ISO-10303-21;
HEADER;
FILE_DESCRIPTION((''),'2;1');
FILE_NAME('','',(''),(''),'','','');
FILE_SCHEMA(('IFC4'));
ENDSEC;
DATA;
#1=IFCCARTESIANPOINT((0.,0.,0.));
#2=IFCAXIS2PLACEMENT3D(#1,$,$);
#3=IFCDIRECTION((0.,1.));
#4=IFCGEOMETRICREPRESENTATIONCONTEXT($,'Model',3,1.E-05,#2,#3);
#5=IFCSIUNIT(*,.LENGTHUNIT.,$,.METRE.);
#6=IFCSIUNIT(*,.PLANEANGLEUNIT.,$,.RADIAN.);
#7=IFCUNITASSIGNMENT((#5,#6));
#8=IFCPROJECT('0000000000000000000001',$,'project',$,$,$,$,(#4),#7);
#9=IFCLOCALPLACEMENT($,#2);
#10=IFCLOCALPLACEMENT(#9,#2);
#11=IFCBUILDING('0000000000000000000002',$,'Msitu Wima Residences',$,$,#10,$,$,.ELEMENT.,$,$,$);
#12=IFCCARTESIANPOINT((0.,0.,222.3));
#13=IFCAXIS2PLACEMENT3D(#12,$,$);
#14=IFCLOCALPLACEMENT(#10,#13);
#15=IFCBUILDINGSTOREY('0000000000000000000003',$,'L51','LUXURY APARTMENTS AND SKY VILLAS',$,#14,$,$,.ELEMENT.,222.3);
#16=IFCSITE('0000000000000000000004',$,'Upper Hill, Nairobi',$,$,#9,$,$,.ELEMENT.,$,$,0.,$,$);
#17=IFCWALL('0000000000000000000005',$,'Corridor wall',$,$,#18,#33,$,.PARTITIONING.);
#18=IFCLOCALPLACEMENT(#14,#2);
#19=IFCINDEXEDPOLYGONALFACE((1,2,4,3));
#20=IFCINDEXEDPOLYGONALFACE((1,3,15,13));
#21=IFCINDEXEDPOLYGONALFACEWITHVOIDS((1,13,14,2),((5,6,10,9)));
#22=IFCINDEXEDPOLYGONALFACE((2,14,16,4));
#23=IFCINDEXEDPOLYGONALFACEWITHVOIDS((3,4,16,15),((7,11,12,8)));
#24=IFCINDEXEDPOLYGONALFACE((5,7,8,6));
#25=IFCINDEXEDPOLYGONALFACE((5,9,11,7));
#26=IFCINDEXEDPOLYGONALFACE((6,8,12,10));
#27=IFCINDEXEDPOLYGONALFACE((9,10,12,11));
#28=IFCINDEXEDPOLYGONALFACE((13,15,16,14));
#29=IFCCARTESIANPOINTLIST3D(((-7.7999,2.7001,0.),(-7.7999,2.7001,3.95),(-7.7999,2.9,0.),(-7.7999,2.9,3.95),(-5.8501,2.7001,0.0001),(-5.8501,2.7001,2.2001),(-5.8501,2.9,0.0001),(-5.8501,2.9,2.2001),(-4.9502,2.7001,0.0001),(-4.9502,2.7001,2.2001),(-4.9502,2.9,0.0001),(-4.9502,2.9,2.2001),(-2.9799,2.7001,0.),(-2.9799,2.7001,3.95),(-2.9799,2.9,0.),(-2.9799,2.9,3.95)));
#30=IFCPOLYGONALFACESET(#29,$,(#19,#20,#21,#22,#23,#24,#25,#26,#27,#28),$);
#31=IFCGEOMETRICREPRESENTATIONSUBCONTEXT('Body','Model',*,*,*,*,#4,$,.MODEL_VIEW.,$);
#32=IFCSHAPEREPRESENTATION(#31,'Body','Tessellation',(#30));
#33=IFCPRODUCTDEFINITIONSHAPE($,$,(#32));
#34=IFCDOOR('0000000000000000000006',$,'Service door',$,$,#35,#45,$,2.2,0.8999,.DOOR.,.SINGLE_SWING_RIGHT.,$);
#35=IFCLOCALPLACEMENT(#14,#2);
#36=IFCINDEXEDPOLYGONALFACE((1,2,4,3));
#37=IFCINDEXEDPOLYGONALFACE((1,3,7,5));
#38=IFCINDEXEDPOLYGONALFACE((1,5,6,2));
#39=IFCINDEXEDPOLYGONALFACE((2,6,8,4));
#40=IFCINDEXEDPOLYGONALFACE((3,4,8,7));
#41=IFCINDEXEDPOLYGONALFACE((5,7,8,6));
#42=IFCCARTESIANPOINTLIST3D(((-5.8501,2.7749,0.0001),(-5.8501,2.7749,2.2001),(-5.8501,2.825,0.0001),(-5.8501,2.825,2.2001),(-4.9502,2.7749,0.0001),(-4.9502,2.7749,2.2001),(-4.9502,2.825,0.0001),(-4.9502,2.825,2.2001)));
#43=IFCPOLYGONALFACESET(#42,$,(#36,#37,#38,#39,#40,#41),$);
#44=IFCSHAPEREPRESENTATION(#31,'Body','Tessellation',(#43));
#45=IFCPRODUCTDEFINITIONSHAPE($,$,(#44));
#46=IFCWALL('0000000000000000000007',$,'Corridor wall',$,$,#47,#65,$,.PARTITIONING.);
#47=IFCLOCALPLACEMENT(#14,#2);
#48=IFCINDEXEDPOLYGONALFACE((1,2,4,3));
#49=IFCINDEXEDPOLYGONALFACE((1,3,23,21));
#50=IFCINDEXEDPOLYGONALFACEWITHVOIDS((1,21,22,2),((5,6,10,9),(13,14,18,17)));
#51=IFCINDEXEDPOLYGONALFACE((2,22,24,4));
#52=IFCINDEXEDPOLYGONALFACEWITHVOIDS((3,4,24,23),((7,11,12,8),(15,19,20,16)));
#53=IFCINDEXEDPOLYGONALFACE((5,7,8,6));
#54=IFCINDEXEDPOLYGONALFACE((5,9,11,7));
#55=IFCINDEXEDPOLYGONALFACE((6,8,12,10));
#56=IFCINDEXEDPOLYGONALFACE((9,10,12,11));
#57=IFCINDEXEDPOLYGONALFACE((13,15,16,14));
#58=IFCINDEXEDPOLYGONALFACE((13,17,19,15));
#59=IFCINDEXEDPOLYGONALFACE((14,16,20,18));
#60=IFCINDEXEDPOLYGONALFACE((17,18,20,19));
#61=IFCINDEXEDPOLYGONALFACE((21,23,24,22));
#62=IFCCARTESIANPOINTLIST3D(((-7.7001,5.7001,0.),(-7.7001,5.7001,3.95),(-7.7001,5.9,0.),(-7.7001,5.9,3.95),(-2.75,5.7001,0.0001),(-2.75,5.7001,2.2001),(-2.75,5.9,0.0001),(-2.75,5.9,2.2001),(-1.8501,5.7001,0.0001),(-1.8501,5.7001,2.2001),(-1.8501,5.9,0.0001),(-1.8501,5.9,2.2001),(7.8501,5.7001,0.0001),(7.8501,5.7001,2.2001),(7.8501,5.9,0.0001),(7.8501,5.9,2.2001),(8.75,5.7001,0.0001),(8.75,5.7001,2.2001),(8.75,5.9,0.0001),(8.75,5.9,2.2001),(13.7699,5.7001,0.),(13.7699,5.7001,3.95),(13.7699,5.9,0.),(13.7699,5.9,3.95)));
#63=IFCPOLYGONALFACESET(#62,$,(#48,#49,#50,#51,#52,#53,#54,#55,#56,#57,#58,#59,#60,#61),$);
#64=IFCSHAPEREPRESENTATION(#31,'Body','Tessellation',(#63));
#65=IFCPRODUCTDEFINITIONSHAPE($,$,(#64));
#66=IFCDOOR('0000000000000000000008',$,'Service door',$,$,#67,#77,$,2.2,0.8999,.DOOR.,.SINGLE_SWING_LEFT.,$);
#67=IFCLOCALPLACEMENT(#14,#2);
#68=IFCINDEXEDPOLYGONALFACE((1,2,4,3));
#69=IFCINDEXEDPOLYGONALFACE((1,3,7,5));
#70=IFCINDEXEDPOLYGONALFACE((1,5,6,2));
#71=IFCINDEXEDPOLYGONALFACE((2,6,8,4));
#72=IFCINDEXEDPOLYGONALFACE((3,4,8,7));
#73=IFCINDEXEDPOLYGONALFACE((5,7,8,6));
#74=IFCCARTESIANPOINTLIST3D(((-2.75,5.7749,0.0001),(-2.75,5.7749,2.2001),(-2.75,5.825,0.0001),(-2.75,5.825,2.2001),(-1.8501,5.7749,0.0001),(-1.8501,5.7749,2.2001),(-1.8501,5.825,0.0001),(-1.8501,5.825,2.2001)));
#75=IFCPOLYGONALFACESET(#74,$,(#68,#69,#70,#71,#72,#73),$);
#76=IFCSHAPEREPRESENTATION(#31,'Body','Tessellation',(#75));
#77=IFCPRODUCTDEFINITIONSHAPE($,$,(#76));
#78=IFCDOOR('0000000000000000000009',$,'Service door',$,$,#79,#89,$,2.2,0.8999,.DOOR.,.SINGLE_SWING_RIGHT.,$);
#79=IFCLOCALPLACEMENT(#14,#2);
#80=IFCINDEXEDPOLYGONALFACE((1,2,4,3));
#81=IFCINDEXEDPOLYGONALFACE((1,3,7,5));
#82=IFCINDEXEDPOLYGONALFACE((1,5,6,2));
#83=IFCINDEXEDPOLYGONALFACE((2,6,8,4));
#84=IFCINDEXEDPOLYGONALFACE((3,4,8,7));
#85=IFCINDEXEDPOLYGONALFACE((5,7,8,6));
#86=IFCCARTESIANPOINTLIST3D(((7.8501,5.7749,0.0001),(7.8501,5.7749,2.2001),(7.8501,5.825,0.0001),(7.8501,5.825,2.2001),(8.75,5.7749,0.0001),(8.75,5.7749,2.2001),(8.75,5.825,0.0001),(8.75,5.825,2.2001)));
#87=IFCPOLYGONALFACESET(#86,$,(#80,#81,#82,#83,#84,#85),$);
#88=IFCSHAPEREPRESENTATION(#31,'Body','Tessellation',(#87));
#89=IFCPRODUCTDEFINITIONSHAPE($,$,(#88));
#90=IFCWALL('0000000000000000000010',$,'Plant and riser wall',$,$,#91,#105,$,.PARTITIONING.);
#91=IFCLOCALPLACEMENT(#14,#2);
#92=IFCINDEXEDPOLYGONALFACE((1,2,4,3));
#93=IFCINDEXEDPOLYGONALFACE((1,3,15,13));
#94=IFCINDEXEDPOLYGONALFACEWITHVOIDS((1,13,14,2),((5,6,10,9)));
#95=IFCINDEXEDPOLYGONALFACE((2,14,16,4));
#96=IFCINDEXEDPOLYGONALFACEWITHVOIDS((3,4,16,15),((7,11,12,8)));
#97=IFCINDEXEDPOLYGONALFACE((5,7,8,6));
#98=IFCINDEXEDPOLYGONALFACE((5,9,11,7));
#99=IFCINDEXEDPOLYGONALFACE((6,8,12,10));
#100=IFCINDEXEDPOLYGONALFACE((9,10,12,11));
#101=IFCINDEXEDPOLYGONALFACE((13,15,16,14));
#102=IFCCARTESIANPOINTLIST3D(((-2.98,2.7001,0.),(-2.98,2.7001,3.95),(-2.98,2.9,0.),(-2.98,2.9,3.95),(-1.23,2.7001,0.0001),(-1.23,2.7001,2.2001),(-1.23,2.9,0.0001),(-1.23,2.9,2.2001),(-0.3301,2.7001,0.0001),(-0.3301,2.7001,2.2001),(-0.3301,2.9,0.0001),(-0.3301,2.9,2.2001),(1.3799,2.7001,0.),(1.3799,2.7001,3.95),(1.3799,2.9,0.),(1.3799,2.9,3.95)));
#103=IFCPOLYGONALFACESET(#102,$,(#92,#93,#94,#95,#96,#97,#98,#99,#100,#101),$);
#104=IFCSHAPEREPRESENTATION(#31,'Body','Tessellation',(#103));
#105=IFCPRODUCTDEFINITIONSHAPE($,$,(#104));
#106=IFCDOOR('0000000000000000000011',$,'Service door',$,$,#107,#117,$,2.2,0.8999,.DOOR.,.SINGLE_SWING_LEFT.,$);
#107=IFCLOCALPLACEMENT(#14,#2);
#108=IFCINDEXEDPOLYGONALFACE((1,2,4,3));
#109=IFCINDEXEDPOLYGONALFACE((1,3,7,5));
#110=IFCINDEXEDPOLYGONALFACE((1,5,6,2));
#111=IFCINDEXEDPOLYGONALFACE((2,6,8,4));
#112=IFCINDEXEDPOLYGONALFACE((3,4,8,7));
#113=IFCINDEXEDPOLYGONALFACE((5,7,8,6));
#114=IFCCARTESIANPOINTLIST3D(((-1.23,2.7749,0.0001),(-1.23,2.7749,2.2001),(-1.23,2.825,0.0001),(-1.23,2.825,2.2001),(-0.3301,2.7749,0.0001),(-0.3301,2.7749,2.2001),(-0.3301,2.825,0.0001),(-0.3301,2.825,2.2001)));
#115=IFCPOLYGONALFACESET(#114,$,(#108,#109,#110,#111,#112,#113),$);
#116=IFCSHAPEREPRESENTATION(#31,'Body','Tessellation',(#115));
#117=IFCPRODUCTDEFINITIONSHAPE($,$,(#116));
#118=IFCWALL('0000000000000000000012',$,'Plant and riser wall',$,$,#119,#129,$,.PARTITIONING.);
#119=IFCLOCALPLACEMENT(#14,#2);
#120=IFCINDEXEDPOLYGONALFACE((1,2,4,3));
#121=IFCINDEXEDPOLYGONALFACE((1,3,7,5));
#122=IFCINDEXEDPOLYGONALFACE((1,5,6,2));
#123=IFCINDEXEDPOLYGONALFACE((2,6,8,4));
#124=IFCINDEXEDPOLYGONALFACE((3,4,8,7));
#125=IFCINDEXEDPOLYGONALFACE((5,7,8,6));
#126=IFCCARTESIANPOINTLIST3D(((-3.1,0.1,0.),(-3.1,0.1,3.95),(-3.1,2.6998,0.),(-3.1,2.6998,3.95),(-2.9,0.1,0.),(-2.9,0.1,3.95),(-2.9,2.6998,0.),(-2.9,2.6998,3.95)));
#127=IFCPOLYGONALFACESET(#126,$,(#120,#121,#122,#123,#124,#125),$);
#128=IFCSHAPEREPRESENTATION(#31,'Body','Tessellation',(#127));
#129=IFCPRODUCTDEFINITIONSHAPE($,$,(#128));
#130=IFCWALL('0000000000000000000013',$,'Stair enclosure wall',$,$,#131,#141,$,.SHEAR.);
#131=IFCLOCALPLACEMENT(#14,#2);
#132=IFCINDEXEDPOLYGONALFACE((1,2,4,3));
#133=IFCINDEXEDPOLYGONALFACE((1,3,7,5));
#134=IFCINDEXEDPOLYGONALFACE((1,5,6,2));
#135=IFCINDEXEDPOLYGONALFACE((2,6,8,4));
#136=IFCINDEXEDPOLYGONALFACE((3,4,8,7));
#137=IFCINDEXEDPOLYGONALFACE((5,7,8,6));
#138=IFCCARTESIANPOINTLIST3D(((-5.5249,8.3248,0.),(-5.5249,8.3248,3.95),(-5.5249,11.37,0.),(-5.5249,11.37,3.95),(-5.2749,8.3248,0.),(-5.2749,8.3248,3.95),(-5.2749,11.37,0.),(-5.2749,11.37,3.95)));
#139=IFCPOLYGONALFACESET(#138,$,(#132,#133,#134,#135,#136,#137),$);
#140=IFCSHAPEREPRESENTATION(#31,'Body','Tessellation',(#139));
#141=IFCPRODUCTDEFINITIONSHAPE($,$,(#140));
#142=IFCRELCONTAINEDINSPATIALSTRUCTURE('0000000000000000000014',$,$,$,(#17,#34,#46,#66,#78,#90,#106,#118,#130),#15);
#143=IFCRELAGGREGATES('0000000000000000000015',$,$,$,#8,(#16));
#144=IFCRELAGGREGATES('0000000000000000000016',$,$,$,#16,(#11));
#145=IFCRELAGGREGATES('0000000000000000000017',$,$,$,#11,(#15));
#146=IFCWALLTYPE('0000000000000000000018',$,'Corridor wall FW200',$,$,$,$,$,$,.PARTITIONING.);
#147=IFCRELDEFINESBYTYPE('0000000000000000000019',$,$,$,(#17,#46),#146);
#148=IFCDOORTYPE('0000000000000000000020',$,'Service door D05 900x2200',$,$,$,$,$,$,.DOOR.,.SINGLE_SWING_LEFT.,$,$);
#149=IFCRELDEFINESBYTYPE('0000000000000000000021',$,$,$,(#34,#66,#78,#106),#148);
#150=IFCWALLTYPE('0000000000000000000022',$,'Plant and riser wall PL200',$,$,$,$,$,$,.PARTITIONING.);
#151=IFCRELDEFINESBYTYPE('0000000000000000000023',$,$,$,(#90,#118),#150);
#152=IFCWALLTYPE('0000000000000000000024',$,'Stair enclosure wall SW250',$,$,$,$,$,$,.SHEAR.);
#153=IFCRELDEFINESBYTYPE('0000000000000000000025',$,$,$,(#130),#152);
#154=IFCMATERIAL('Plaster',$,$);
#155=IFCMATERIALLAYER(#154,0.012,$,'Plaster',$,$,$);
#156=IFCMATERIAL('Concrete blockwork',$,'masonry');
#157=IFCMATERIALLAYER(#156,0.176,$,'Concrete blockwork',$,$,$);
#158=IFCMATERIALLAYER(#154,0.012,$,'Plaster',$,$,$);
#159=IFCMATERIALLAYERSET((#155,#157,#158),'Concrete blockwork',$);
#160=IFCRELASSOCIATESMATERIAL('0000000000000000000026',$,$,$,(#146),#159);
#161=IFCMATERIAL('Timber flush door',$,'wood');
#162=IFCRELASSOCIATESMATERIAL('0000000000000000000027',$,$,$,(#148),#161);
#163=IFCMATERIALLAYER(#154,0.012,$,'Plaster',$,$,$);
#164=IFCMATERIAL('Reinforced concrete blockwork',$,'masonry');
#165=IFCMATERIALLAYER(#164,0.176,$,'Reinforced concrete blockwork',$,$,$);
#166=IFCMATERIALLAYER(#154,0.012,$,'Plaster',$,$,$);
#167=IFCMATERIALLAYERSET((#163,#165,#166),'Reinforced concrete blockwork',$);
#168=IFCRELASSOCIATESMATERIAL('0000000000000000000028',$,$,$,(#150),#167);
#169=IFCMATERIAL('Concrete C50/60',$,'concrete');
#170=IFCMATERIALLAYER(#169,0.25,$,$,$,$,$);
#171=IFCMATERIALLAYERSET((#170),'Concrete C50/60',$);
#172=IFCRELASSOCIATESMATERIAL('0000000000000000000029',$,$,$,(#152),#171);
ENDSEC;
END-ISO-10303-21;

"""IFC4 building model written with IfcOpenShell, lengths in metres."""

from ifc_helpers import new_model, si_unit, direction, frame, frame_2d, origin, place, context, subcontext, project, spatial, rectangle, extrude, material, layer, layer_set, type_object, element, fill, save


model = new_model("IFC4")

# Units and contexts
model_context = context("Model", 3, precision=1e-05, world=origin(), true_north=direction((0.0, 1.0)))
body_context = subcontext(model_context, "Body", "Model", "MODEL_VIEW")
ifc_project = project(units=[si_unit("LENGTHUNIT", "METRE"), si_unit("PLANEANGLEUNIT", "RADIAN")], contexts=[model_context])

# Site, building, storey
site_placement = place(None, origin())
site = spatial("IfcSite", under=ifc_project, at=site_placement, Name="Upper Hill, Nairobi", CompositionType="ELEMENT", RefElevation=0.0)
building_placement = place(site_placement, origin())
building = spatial("IfcBuilding", under=site, at=building_placement, Name="Msitu Wima Residences", CompositionType="ELEMENT")
storey_placement = place(building_placement, frame((0.0, 0.0, 222.3)))
storey = spatial("IfcBuildingStorey", under=building, at=storey_placement, Name="L51", Description="LUXURY APARTMENTS AND SKY VILLAS", CompositionType="ELEMENT", Elevation=222.3)

# Wall, opening, door
ifc_material_1 = material(Name="Plaster")
ifc_layer_1 = layer(ifc_material_1, 0.012, Name="Plaster")
ifc_material_2 = material(Name="Concrete blockwork", Category="masonry")
ifc_layer_2 = layer(ifc_material_2, 0.176, Name="Concrete blockwork")
ifc_layer_3 = layer(ifc_material_1, 0.012, Name="Plaster")
ifc_layer_set_1 = layer_set([ifc_layer_1, ifc_layer_2, ifc_layer_3], Name="Concrete blockwork")
wall_type_1 = type_object("IfcWallType", Name="Corridor wall FW200", PredefinedType="PARTITIONING", material=ifc_layer_set_1)
wall_1_placement = place(storey_placement, frame((-7.8, 2.8, 0.0), z_axis=(0.0, 0.0, 1.0), x_axis=(1.0, 0.0, 0.0)))
wall_1 = element("IfcWall", 1, at=wall_1_placement, inside=storey, type_object=wall_type_1, Name="Corridor wall", PredefinedType="PARTITIONING", context=body_context, shape_type="SweptSolid", body=[
    extrude(rectangle(XDim=4.8201, YDim=0.2, at=frame_2d((2.4102, 0.0))), origin(), (0.0, 0.0, 1.0), 3.95),
])
opening_1_placement = place(wall_1_placement, frame((1.95, 0.0, 0.0)))
opening_1 = element("IfcOpeningElement", 2, at=opening_1_placement, cuts=wall_1, PredefinedType="OPENING", context=body_context, shape_type="SweptSolid", body=[
    extrude(rectangle(XDim=0.8999, YDim=2.2, at=frame_2d((0.45, 1.1001))), frame((0.0, 0.1099, 0.0), z_axis=(0.0, -1.0, 0.0), x_axis=(1.0, 0.0, 0.0)), (0.0, 0.0, 1.0), 0.22),
])
ifc_material_3 = material(Name="Timber flush door", Category="wood")
door_type_1 = type_object("IfcDoorType", Name="Service door D05 900x2200", OperationType="SINGLE_SWING_LEFT", PredefinedType="DOOR", material=ifc_material_3)
door_1_placement = place(opening_1_placement, origin())
door_1 = element("IfcDoor", 3, at=door_1_placement, inside=storey, type_object=door_type_1, Name="Service door", OperationType="SINGLE_SWING_RIGHT", OverallHeight=2.2, OverallWidth=0.8999, PredefinedType="DOOR", context=body_context, shape_type="SweptSolid", body=[
    extrude(rectangle(XDim=0.8999, YDim=2.2, at=frame_2d((0.45, 1.1001))), frame((0.0, 0.0249, 0.0), z_axis=(0.0, -1.0, 0.0), x_axis=(1.0, 0.0, 0.0)), (0.0, 0.0, 1.0), 0.05),
])
fill(opening_1, door_1)

# Wall, openings, doors
wall_2_placement = place(storey_placement, frame((-7.7, 5.8, 0.0), z_axis=(0.0, 0.0, 1.0), x_axis=(1.0, 0.0, 0.0)))
wall_2 = element("IfcWall", 4, at=wall_2_placement, inside=storey, type_object=wall_type_1, Name="Corridor wall", PredefinedType="PARTITIONING", context=body_context, shape_type="SweptSolid", body=[
    extrude(rectangle(XDim=21.47, YDim=0.2, at=frame_2d((10.7349, 0.0))), origin(), (0.0, 0.0, 1.0), 3.95),
])
opening_2_placement = place(wall_2_placement, frame((4.95, 0.0, 0.0)))
opening_2 = element("IfcOpeningElement", 5, at=opening_2_placement, cuts=wall_2, PredefinedType="OPENING", context=body_context, shape_type="SweptSolid", body=[
    extrude(rectangle(XDim=0.8999, YDim=2.2, at=frame_2d((0.45, 1.1001))), frame((0.0, 0.1099, 0.0), z_axis=(0.0, -1.0, 0.0), x_axis=(1.0, 0.0, 0.0)), (0.0, 0.0, 1.0), 0.22),
])
opening_3_placement = place(wall_2_placement, frame((15.55, 0.0, 0.0)))
opening_3 = element("IfcOpeningElement", 6, at=opening_3_placement, cuts=wall_2, PredefinedType="OPENING", context=body_context, shape_type="SweptSolid", body=[
    extrude(rectangle(XDim=0.8999, YDim=2.2, at=frame_2d((0.45, 1.1001))), frame((0.0, 0.1099, 0.0), z_axis=(0.0, -1.0, 0.0), x_axis=(1.0, 0.0, 0.0)), (0.0, 0.0, 1.0), 0.22),
])
door_2_placement = place(opening_2_placement, origin())
door_2 = element("IfcDoor", 7, at=door_2_placement, inside=storey, type_object=door_type_1, Name="Service door", OperationType="SINGLE_SWING_LEFT", OverallHeight=2.2, OverallWidth=0.8999, PredefinedType="DOOR", context=body_context, shape_type="SweptSolid", body=[
    extrude(rectangle(XDim=0.8999, YDim=2.2, at=frame_2d((0.45, 1.1001))), frame((0.0, 0.0249, 0.0), z_axis=(0.0, -1.0, 0.0), x_axis=(1.0, 0.0, 0.0)), (0.0, 0.0, 1.0), 0.05),
])
fill(opening_2, door_2)
door_3_placement = place(opening_3_placement, origin())
door_3 = element("IfcDoor", 8, at=door_3_placement, inside=storey, type_object=door_type_1, Name="Service door", OperationType="SINGLE_SWING_RIGHT", OverallHeight=2.2, OverallWidth=0.8999, PredefinedType="DOOR", context=body_context, shape_type="SweptSolid", body=[
    extrude(rectangle(XDim=0.8999, YDim=2.2, at=frame_2d((0.45, 1.1001))), frame((0.0, 0.0249, 0.0), z_axis=(0.0, -1.0, 0.0), x_axis=(1.0, 0.0, 0.0)), (0.0, 0.0, 1.0), 0.05),
])
fill(opening_3, door_3)

# Wall, opening, door
ifc_layer_4 = layer(ifc_material_1, 0.012, Name="Plaster")
ifc_material_4 = material(Name="Reinforced concrete blockwork", Category="masonry")
ifc_layer_5 = layer(ifc_material_4, 0.176, Name="Reinforced concrete blockwork")
ifc_layer_6 = layer(ifc_material_1, 0.012, Name="Plaster")
ifc_layer_set_2 = layer_set([ifc_layer_4, ifc_layer_5, ifc_layer_6], Name="Reinforced concrete blockwork")
wall_type_2 = type_object("IfcWallType", Name="Plant and riser wall PL200", PredefinedType="PARTITIONING", material=ifc_layer_set_2)
wall_3_placement = place(storey_placement, frame((-2.98, 2.8, 0.0), z_axis=(0.0, 0.0, 1.0), x_axis=(1.0, 0.0, 0.0)))
wall_3 = element("IfcWall", 9, at=wall_3_placement, inside=storey, type_object=wall_type_2, Name="Plant and riser wall", PredefinedType="PARTITIONING", context=body_context, shape_type="SweptSolid", body=[
    extrude(rectangle(XDim=4.3599, YDim=0.2, at=frame_2d((2.1799, 0.0))), origin(), (0.0, 0.0, 1.0), 3.95),
])
opening_4_placement = place(wall_3_placement, frame((1.75, 0.0, 0.0)))
opening_4 = element("IfcOpeningElement", 10, at=opening_4_placement, cuts=wall_3, PredefinedType="OPENING", context=body_context, shape_type="SweptSolid", body=[
    extrude(rectangle(XDim=0.8999, YDim=2.2, at=frame_2d((0.45, 1.1001))), frame((0.0, 0.1099, 0.0), z_axis=(0.0, -1.0, 0.0), x_axis=(1.0, 0.0, 0.0)), (0.0, 0.0, 1.0), 0.22),
])
door_4_placement = place(opening_4_placement, origin())
door_4 = element("IfcDoor", 11, at=door_4_placement, inside=storey, type_object=door_type_1, Name="Service door", OperationType="SINGLE_SWING_LEFT", OverallHeight=2.2, OverallWidth=0.8999, PredefinedType="DOOR", context=body_context, shape_type="SweptSolid", body=[
    extrude(rectangle(XDim=0.8999, YDim=2.2, at=frame_2d((0.45, 1.1001))), frame((0.0, 0.0249, 0.0), z_axis=(0.0, -1.0, 0.0), x_axis=(1.0, 0.0, 0.0)), (0.0, 0.0, 1.0), 0.05),
])
fill(opening_4, door_4)

# Walls
wall_4_placement = place(storey_placement, frame((-3.0, 0.1001, 0.0), z_axis=(0.0, 0.0, 1.0), x_axis=(0.0, 1.0, 0.0)))
element("IfcWall", 12, at=wall_4_placement, inside=storey, type_object=wall_type_2, Name="Plant and riser wall", PredefinedType="PARTITIONING", context=body_context, shape_type="SweptSolid", body=[
    extrude(rectangle(XDim=2.5999, YDim=0.2, at=frame_2d((1.2998, 0.0))), origin(), (0.0, 0.0, 1.0), 3.95),
])
ifc_material_5 = material(Name="Concrete C50/60", Category="concrete")
ifc_layer_7 = layer(ifc_material_5, 0.25)
ifc_layer_set_3 = layer_set([ifc_layer_7], Name="Concrete C50/60")
wall_type_3 = type_object("IfcWallType", Name="Stair enclosure wall SW250", PredefinedType="SHEAR", material=ifc_layer_set_3)
wall_5_placement = place(storey_placement, frame((-5.3999, 8.325, 0.0), z_axis=(0.0, 0.0, 1.0), x_axis=(0.0, 1.0, 0.0)))
element("IfcWall", 13, at=wall_5_placement, inside=storey, type_object=wall_type_3, Name="Stair enclosure wall", PredefinedType="SHEAR", context=body_context, shape_type="SweptSolid", body=[
    extrude(rectangle(XDim=3.0452, YDim=0.25, at=frame_2d((1.5225, 0.0))), origin(), (0.0, 0.0, 1.0), 3.95),
])

save(model, "model.ifc")
